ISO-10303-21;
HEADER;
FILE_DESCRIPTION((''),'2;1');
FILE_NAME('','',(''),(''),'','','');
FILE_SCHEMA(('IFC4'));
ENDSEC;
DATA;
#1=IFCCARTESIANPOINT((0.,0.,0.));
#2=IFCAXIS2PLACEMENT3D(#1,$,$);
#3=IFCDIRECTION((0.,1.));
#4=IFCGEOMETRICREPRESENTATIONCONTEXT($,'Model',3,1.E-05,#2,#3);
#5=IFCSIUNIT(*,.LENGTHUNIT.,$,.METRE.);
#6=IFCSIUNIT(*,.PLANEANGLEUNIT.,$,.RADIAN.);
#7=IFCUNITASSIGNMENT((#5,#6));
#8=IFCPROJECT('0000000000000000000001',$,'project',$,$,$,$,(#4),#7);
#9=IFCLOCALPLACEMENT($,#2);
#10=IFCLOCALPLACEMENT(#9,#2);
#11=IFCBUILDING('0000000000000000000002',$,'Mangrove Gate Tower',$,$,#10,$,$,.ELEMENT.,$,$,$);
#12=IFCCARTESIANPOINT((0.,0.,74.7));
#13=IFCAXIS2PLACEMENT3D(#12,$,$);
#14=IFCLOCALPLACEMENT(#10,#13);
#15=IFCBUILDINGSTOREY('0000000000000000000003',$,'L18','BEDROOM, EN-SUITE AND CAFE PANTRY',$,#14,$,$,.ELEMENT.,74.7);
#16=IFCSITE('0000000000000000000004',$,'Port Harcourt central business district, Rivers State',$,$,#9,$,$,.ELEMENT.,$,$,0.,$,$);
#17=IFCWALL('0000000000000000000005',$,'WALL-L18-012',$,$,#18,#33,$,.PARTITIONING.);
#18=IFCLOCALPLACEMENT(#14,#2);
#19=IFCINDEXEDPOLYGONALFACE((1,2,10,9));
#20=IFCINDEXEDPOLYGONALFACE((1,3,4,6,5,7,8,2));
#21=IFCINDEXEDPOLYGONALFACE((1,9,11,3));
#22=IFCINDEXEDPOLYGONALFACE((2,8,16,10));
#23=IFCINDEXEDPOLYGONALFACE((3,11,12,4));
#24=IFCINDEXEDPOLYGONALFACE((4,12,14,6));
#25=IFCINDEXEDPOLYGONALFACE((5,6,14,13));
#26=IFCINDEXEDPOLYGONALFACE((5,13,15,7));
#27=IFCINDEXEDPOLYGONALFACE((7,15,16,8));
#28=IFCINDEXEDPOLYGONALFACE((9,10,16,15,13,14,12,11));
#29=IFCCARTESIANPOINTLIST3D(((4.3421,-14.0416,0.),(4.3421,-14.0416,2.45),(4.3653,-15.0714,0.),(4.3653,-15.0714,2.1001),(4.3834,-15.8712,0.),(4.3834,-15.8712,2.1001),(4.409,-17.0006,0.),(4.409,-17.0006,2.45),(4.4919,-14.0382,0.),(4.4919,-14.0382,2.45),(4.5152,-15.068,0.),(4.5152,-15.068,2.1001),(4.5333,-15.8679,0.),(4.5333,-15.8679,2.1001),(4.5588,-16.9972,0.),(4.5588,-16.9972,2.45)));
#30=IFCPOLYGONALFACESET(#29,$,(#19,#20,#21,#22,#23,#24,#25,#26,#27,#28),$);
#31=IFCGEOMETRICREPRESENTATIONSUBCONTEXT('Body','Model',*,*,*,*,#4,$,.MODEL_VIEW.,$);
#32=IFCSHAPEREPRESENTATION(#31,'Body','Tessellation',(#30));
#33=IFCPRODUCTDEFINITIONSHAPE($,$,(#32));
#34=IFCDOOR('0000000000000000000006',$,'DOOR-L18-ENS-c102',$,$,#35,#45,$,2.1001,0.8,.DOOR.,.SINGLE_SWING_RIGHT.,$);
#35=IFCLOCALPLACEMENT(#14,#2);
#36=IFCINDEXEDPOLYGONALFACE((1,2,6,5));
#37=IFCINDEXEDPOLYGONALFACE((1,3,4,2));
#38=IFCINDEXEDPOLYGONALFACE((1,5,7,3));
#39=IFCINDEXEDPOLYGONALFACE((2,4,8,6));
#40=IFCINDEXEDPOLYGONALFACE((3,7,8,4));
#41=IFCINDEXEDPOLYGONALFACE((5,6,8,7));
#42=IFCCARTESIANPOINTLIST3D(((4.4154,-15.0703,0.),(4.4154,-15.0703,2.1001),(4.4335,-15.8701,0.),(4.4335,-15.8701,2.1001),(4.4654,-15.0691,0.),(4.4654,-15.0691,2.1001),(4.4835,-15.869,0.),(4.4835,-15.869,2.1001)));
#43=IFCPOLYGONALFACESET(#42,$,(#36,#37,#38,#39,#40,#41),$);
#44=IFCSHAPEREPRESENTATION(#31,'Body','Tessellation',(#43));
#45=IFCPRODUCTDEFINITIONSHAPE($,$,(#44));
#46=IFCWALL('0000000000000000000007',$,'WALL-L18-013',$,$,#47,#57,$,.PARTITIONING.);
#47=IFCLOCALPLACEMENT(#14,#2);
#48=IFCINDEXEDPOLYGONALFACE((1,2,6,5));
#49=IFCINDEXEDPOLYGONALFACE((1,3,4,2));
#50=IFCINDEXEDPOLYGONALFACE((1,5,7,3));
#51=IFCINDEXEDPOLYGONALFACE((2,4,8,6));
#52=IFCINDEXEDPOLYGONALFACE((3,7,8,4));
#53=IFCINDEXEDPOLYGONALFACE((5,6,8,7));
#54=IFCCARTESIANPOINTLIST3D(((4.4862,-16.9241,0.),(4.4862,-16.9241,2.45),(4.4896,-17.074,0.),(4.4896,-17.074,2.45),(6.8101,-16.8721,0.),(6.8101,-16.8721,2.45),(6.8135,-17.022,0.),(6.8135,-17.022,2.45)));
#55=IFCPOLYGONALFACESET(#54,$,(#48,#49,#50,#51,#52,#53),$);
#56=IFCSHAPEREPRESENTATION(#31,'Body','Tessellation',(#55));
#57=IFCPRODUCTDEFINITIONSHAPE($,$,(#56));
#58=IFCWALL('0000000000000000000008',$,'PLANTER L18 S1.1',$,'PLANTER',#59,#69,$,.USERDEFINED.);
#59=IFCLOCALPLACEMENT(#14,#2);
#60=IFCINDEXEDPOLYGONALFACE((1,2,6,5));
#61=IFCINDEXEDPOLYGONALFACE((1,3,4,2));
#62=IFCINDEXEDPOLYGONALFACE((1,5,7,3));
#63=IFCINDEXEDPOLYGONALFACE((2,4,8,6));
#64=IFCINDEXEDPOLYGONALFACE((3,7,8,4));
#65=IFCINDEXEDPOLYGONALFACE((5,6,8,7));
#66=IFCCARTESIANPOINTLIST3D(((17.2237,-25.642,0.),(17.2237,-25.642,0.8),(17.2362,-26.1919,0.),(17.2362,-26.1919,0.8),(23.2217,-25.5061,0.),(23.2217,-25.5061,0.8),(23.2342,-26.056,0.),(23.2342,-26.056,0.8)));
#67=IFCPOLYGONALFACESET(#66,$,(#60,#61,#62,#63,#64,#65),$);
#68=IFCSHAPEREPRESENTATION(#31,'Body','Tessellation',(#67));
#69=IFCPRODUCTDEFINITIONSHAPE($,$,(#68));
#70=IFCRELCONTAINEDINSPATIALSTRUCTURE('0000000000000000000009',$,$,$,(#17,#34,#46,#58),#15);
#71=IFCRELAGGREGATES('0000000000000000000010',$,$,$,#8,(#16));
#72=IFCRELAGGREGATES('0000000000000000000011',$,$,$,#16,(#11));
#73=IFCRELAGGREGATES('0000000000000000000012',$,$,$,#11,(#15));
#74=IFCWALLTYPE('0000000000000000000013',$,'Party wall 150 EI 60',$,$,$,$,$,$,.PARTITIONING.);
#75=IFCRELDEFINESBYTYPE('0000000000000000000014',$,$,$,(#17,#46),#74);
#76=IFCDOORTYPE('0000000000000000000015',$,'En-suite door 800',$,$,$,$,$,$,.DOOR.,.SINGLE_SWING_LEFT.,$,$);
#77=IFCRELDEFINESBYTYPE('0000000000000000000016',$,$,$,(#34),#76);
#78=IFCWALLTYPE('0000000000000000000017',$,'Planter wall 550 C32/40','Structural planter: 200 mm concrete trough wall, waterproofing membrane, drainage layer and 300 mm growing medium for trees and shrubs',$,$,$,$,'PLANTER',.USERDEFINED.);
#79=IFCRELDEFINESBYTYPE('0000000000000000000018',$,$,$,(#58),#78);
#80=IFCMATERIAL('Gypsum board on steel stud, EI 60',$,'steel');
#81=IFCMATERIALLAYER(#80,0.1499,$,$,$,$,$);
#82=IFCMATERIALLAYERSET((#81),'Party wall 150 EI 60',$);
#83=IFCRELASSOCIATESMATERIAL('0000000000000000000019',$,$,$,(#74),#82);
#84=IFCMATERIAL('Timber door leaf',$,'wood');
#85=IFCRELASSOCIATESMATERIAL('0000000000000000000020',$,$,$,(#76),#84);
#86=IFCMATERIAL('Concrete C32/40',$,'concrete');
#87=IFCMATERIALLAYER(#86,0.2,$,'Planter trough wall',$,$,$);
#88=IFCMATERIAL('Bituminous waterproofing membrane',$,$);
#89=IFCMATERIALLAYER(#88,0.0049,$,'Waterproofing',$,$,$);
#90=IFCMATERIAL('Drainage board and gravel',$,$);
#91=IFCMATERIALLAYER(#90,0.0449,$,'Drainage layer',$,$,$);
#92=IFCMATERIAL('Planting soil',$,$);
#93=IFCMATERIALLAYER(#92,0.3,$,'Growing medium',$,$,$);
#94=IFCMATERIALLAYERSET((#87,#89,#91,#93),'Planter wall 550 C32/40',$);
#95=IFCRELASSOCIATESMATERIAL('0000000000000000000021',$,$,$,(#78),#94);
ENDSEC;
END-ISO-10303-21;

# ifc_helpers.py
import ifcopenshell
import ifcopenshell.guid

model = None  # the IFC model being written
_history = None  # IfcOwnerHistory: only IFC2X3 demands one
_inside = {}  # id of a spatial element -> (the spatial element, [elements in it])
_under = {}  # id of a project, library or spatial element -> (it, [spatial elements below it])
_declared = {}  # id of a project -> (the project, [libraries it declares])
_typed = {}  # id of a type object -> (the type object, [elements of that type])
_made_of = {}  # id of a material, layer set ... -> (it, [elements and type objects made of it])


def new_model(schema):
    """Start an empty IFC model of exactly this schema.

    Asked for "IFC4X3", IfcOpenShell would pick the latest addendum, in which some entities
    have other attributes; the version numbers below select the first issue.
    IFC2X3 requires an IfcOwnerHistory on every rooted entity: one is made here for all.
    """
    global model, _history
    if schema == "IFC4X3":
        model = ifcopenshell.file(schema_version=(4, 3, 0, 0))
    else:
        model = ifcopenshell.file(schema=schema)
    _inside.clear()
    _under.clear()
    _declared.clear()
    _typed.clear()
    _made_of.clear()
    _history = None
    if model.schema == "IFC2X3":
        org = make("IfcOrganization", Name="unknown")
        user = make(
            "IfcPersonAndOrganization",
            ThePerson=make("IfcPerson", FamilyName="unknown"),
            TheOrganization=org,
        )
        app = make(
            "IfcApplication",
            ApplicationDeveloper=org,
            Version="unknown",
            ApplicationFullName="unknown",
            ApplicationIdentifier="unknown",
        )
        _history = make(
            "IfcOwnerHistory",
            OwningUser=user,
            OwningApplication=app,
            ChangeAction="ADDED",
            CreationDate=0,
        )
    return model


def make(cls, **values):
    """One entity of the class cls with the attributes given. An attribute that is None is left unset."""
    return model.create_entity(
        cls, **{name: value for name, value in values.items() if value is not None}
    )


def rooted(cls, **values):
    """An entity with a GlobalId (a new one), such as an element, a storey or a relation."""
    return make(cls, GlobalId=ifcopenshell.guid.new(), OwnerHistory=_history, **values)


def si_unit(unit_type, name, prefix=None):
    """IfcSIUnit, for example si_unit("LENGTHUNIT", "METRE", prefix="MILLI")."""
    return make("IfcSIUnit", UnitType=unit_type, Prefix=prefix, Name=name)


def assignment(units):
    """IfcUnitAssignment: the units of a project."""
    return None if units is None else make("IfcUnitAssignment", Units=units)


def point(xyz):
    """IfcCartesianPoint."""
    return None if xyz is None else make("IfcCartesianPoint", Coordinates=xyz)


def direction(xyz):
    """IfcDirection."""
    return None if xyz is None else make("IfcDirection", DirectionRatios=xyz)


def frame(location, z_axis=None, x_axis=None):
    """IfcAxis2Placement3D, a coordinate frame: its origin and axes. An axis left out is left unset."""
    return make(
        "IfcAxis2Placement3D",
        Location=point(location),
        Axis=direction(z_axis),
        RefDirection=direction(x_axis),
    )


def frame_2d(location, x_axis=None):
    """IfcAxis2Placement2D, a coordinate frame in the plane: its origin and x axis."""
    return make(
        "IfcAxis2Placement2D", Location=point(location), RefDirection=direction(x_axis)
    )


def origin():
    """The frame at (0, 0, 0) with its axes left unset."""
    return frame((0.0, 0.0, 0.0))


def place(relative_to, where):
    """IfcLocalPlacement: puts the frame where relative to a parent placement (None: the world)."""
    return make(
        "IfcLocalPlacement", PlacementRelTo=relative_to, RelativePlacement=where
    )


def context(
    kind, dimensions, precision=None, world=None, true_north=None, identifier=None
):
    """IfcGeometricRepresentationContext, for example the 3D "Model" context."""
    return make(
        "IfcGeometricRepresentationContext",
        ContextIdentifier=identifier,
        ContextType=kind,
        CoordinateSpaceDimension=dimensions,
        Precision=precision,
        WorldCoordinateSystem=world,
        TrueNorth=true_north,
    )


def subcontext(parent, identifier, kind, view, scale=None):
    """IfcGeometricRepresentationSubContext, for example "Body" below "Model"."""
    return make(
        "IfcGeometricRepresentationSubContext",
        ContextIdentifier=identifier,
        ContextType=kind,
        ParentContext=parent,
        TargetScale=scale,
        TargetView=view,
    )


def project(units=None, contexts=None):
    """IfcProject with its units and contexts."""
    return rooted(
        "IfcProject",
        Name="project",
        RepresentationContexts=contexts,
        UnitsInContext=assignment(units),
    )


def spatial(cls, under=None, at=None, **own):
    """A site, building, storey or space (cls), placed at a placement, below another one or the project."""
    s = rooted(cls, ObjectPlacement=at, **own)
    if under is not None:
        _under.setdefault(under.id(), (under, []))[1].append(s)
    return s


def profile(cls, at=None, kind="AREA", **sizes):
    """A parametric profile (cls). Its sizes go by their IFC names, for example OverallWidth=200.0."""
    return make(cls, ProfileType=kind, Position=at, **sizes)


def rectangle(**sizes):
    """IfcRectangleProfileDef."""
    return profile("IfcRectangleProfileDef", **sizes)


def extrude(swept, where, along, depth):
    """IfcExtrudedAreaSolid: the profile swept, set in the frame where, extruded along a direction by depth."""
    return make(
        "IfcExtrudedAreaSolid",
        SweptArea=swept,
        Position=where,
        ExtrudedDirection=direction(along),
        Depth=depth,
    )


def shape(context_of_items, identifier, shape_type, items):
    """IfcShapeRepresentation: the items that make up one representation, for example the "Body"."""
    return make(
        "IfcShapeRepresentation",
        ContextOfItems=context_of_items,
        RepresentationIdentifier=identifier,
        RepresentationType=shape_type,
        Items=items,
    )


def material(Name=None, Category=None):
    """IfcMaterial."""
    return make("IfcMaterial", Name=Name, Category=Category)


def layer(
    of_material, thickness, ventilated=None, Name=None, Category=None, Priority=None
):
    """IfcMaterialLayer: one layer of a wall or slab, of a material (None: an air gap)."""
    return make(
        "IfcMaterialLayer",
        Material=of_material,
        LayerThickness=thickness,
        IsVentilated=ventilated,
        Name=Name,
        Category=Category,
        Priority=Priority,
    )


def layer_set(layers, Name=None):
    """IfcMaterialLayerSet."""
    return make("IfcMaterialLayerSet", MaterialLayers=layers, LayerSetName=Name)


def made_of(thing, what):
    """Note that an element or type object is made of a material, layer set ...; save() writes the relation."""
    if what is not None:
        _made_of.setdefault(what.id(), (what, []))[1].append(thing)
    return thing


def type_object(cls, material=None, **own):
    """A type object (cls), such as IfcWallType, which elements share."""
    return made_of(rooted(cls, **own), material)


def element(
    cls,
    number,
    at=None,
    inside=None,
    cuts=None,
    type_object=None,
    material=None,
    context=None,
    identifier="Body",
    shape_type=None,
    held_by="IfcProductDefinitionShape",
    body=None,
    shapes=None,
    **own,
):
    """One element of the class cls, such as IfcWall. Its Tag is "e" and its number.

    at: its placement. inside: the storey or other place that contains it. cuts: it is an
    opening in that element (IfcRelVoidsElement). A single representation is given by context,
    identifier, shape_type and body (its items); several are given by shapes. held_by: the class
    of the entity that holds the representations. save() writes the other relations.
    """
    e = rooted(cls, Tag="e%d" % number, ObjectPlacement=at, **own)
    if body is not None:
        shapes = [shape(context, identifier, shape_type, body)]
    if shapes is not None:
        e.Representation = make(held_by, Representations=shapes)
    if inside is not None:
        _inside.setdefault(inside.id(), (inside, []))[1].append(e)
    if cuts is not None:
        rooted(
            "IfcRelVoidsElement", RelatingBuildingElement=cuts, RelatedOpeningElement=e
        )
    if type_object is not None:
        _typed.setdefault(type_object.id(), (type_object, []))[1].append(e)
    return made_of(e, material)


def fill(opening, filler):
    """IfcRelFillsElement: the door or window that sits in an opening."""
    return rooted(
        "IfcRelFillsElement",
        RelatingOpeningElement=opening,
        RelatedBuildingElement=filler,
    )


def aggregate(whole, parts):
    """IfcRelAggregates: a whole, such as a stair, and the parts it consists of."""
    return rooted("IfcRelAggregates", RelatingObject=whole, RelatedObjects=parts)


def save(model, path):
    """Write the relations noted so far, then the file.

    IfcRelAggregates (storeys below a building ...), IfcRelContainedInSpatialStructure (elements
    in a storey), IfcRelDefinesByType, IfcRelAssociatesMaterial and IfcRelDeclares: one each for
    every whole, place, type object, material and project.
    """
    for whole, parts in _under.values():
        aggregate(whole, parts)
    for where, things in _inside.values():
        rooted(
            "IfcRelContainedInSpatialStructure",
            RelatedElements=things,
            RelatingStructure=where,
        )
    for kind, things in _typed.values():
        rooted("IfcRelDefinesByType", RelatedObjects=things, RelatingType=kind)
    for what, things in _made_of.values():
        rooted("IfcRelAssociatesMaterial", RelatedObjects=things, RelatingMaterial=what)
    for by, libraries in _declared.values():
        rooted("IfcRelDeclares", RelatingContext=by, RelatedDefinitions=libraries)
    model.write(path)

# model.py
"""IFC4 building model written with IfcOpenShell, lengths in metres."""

from ifc_helpers import new_model, si_unit, direction, frame, frame_2d, origin, place, context, subcontext, project, spatial, rectangle, extrude, material, layer, layer_set, type_object, element, fill, save


model = new_model("IFC4")

# Units and contexts
model_context = context("Model", 3, precision=1e-05, world=origin(), true_north=direction((0.0, 1.0)))
body_context = subcontext(model_context, "Body", "Model", "MODEL_VIEW")
ifc_project = project(units=[si_unit("LENGTHUNIT", "METRE"), si_unit("PLANEANGLEUNIT", "RADIAN")], contexts=[model_context])

# Site, building, storey
site_placement = place(None, origin())
site = spatial("IfcSite", under=ifc_project, at=site_placement, Name="Port Harcourt central business district, Rivers State", CompositionType="ELEMENT", RefElevation=0.0)
building_placement = place(site_placement, origin())
building = spatial("IfcBuilding", under=site, at=building_placement, Name="Mangrove Gate Tower", CompositionType="ELEMENT")
storey_placement = place(building_placement, frame((0.0, 0.0, 74.7)))
storey = spatial("IfcBuildingStorey", under=building, at=storey_placement, Name="L18", Description="BEDROOM, EN-SUITE AND CAFE PANTRY", CompositionType="ELEMENT", Elevation=74.7)

# Shared definitions
ifc_material_1 = material(Name="Gypsum board on steel stud, EI 60", Category="steel")
ifc_layer_1 = layer(ifc_material_1, 0.1499)
ifc_layer_set_1 = layer_set([ifc_layer_1], Name="Party wall 150 EI 60")
wall_type_1 = type_object("IfcWallType", Name="Party wall 150 EI 60", PredefinedType="PARTITIONING", material=ifc_layer_set_1)

# Wall, opening, door
ifc_material_2 = material(Name="Timber door leaf", Category="wood")
door_type_1 = type_object("IfcDoorType", Name="En-suite door 800", OperationType="SINGLE_SWING_LEFT", PredefinedType="DOOR", material=ifc_material_2)
wall_1_placement = place(storey_placement, frame((4.4839, -16.999, 0.0), z_axis=(0.0, 0.0, 1.0), x_axis=(-0.022601, 0.999745, 0.0)))
wall_1 = element("IfcWall", 1, at=wall_1_placement, inside=storey, type_object=wall_type_1, Name="WALL-L18-012", PredefinedType="PARTITIONING", context=body_context, shape_type="SweptSolid", body=[
    extrude(rectangle(XDim=2.9597, YDim=0.1499, at=frame_2d((1.48, 0.0))), origin(), (0.0, 0.0, 1.0), 2.45),
])
opening_1_placement = place(wall_1_placement, frame((1.1299, 0.0, 0.0)))
opening_1 = element("IfcOpeningElement", 2, at=opening_1_placement, cuts=wall_1, PredefinedType="OPENING", context=body_context, shape_type="SweptSolid", body=[
    extrude(rectangle(XDim=0.8, YDim=2.1001, at=frame_2d((0.3999, 1.05))), frame((0.0, 0.085, 0.0), z_axis=(0.0, -1.0, 0.0), x_axis=(1.0, 0.0, 0.0)), (0.0, 0.0, 1.0), 0.1699),
])
door_1_placement = place(opening_1_placement, origin())
door_1 = element("IfcDoor", 3, at=door_1_placement, inside=storey, type_object=door_type_1, Name="DOOR-L18-ENS-c102", OperationType="SINGLE_SWING_RIGHT", OverallHeight=2.1001, OverallWidth=0.8, PredefinedType="DOOR", context=body_context, shape_type="SweptSolid", body=[
    extrude(rectangle(XDim=0.8, YDim=2.1001, at=frame_2d((0.3999, 1.05))), frame((0.0, 0.0249, 0.0), z_axis=(0.0, -1.0, 0.0), x_axis=(1.0, 0.0, 0.0)), (0.0, 0.0, 1.0), 0.05),
])
fill(opening_1, door_1)

# Walls
wall_2_placement = place(storey_placement, frame((4.488, -16.999, 0.0), z_axis=(0.0, 0.0, 1.0), x_axis=(0.99975, 0.022371, 0.0)))
element("IfcWall", 4, at=wall_2_placement, inside=storey, type_object=wall_type_1, Name="WALL-L18-013", PredefinedType="PARTITIONING", context=body_context, shape_type="SweptSolid", body=[
    extrude(rectangle(XDim=2.3245, YDim=0.1499, at=frame_2d((1.1621, 0.0))), origin(), (0.0, 0.0, 1.0), 2.45),
])
ifc_material_3 = material(Name="Concrete C32/40", Category="concrete")
ifc_layer_2 = layer(ifc_material_3, 0.2, Name="Planter trough wall")
ifc_material_4 = material(Name="Bituminous waterproofing membrane")
ifc_layer_3 = layer(ifc_material_4, 0.0049, Name="Waterproofing")
ifc_material_5 = material(Name="Drainage board and gravel")
ifc_layer_4 = layer(ifc_material_5, 0.0449, Name="Drainage layer")
ifc_material_6 = material(Name="Planting soil")
ifc_layer_5 = layer(ifc_material_6, 0.3, Name="Growing medium")
ifc_layer_set_2 = layer_set([ifc_layer_2, ifc_layer_3, ifc_layer_4, ifc_layer_5], Name="Planter wall 550 C32/40")
wall_type_2 = type_object("IfcWallType", Name="Planter wall 550 C32/40", Description="Structural planter: 200 mm concrete trough wall, waterproofing membrane, drainage layer and 300 mm growing medium for trees and shrubs", ElementType="PLANTER", PredefinedType="USERDEFINED", material=ifc_layer_set_2)
wall_3_placement = place(storey_placement, frame((17.23, -25.917, 0.0), z_axis=(0.0, 0.0, 1.0), x_axis=(0.999743, 0.022666, 0.0)))
element("IfcWall", 5, at=wall_3_placement, inside=storey, type_object=wall_type_2, Name="PLANTER L18 S1.1", ObjectType="PLANTER", PredefinedType="USERDEFINED", context=body_context, shape_type="SweptSolid", body=[
    extrude(rectangle(XDim=5.9995, YDim=0.55, at=frame_2d((2.9998, 0.0))), origin(), (0.0, 0.0, 1.0), 0.8),
])

save(model, "model.ifc")
